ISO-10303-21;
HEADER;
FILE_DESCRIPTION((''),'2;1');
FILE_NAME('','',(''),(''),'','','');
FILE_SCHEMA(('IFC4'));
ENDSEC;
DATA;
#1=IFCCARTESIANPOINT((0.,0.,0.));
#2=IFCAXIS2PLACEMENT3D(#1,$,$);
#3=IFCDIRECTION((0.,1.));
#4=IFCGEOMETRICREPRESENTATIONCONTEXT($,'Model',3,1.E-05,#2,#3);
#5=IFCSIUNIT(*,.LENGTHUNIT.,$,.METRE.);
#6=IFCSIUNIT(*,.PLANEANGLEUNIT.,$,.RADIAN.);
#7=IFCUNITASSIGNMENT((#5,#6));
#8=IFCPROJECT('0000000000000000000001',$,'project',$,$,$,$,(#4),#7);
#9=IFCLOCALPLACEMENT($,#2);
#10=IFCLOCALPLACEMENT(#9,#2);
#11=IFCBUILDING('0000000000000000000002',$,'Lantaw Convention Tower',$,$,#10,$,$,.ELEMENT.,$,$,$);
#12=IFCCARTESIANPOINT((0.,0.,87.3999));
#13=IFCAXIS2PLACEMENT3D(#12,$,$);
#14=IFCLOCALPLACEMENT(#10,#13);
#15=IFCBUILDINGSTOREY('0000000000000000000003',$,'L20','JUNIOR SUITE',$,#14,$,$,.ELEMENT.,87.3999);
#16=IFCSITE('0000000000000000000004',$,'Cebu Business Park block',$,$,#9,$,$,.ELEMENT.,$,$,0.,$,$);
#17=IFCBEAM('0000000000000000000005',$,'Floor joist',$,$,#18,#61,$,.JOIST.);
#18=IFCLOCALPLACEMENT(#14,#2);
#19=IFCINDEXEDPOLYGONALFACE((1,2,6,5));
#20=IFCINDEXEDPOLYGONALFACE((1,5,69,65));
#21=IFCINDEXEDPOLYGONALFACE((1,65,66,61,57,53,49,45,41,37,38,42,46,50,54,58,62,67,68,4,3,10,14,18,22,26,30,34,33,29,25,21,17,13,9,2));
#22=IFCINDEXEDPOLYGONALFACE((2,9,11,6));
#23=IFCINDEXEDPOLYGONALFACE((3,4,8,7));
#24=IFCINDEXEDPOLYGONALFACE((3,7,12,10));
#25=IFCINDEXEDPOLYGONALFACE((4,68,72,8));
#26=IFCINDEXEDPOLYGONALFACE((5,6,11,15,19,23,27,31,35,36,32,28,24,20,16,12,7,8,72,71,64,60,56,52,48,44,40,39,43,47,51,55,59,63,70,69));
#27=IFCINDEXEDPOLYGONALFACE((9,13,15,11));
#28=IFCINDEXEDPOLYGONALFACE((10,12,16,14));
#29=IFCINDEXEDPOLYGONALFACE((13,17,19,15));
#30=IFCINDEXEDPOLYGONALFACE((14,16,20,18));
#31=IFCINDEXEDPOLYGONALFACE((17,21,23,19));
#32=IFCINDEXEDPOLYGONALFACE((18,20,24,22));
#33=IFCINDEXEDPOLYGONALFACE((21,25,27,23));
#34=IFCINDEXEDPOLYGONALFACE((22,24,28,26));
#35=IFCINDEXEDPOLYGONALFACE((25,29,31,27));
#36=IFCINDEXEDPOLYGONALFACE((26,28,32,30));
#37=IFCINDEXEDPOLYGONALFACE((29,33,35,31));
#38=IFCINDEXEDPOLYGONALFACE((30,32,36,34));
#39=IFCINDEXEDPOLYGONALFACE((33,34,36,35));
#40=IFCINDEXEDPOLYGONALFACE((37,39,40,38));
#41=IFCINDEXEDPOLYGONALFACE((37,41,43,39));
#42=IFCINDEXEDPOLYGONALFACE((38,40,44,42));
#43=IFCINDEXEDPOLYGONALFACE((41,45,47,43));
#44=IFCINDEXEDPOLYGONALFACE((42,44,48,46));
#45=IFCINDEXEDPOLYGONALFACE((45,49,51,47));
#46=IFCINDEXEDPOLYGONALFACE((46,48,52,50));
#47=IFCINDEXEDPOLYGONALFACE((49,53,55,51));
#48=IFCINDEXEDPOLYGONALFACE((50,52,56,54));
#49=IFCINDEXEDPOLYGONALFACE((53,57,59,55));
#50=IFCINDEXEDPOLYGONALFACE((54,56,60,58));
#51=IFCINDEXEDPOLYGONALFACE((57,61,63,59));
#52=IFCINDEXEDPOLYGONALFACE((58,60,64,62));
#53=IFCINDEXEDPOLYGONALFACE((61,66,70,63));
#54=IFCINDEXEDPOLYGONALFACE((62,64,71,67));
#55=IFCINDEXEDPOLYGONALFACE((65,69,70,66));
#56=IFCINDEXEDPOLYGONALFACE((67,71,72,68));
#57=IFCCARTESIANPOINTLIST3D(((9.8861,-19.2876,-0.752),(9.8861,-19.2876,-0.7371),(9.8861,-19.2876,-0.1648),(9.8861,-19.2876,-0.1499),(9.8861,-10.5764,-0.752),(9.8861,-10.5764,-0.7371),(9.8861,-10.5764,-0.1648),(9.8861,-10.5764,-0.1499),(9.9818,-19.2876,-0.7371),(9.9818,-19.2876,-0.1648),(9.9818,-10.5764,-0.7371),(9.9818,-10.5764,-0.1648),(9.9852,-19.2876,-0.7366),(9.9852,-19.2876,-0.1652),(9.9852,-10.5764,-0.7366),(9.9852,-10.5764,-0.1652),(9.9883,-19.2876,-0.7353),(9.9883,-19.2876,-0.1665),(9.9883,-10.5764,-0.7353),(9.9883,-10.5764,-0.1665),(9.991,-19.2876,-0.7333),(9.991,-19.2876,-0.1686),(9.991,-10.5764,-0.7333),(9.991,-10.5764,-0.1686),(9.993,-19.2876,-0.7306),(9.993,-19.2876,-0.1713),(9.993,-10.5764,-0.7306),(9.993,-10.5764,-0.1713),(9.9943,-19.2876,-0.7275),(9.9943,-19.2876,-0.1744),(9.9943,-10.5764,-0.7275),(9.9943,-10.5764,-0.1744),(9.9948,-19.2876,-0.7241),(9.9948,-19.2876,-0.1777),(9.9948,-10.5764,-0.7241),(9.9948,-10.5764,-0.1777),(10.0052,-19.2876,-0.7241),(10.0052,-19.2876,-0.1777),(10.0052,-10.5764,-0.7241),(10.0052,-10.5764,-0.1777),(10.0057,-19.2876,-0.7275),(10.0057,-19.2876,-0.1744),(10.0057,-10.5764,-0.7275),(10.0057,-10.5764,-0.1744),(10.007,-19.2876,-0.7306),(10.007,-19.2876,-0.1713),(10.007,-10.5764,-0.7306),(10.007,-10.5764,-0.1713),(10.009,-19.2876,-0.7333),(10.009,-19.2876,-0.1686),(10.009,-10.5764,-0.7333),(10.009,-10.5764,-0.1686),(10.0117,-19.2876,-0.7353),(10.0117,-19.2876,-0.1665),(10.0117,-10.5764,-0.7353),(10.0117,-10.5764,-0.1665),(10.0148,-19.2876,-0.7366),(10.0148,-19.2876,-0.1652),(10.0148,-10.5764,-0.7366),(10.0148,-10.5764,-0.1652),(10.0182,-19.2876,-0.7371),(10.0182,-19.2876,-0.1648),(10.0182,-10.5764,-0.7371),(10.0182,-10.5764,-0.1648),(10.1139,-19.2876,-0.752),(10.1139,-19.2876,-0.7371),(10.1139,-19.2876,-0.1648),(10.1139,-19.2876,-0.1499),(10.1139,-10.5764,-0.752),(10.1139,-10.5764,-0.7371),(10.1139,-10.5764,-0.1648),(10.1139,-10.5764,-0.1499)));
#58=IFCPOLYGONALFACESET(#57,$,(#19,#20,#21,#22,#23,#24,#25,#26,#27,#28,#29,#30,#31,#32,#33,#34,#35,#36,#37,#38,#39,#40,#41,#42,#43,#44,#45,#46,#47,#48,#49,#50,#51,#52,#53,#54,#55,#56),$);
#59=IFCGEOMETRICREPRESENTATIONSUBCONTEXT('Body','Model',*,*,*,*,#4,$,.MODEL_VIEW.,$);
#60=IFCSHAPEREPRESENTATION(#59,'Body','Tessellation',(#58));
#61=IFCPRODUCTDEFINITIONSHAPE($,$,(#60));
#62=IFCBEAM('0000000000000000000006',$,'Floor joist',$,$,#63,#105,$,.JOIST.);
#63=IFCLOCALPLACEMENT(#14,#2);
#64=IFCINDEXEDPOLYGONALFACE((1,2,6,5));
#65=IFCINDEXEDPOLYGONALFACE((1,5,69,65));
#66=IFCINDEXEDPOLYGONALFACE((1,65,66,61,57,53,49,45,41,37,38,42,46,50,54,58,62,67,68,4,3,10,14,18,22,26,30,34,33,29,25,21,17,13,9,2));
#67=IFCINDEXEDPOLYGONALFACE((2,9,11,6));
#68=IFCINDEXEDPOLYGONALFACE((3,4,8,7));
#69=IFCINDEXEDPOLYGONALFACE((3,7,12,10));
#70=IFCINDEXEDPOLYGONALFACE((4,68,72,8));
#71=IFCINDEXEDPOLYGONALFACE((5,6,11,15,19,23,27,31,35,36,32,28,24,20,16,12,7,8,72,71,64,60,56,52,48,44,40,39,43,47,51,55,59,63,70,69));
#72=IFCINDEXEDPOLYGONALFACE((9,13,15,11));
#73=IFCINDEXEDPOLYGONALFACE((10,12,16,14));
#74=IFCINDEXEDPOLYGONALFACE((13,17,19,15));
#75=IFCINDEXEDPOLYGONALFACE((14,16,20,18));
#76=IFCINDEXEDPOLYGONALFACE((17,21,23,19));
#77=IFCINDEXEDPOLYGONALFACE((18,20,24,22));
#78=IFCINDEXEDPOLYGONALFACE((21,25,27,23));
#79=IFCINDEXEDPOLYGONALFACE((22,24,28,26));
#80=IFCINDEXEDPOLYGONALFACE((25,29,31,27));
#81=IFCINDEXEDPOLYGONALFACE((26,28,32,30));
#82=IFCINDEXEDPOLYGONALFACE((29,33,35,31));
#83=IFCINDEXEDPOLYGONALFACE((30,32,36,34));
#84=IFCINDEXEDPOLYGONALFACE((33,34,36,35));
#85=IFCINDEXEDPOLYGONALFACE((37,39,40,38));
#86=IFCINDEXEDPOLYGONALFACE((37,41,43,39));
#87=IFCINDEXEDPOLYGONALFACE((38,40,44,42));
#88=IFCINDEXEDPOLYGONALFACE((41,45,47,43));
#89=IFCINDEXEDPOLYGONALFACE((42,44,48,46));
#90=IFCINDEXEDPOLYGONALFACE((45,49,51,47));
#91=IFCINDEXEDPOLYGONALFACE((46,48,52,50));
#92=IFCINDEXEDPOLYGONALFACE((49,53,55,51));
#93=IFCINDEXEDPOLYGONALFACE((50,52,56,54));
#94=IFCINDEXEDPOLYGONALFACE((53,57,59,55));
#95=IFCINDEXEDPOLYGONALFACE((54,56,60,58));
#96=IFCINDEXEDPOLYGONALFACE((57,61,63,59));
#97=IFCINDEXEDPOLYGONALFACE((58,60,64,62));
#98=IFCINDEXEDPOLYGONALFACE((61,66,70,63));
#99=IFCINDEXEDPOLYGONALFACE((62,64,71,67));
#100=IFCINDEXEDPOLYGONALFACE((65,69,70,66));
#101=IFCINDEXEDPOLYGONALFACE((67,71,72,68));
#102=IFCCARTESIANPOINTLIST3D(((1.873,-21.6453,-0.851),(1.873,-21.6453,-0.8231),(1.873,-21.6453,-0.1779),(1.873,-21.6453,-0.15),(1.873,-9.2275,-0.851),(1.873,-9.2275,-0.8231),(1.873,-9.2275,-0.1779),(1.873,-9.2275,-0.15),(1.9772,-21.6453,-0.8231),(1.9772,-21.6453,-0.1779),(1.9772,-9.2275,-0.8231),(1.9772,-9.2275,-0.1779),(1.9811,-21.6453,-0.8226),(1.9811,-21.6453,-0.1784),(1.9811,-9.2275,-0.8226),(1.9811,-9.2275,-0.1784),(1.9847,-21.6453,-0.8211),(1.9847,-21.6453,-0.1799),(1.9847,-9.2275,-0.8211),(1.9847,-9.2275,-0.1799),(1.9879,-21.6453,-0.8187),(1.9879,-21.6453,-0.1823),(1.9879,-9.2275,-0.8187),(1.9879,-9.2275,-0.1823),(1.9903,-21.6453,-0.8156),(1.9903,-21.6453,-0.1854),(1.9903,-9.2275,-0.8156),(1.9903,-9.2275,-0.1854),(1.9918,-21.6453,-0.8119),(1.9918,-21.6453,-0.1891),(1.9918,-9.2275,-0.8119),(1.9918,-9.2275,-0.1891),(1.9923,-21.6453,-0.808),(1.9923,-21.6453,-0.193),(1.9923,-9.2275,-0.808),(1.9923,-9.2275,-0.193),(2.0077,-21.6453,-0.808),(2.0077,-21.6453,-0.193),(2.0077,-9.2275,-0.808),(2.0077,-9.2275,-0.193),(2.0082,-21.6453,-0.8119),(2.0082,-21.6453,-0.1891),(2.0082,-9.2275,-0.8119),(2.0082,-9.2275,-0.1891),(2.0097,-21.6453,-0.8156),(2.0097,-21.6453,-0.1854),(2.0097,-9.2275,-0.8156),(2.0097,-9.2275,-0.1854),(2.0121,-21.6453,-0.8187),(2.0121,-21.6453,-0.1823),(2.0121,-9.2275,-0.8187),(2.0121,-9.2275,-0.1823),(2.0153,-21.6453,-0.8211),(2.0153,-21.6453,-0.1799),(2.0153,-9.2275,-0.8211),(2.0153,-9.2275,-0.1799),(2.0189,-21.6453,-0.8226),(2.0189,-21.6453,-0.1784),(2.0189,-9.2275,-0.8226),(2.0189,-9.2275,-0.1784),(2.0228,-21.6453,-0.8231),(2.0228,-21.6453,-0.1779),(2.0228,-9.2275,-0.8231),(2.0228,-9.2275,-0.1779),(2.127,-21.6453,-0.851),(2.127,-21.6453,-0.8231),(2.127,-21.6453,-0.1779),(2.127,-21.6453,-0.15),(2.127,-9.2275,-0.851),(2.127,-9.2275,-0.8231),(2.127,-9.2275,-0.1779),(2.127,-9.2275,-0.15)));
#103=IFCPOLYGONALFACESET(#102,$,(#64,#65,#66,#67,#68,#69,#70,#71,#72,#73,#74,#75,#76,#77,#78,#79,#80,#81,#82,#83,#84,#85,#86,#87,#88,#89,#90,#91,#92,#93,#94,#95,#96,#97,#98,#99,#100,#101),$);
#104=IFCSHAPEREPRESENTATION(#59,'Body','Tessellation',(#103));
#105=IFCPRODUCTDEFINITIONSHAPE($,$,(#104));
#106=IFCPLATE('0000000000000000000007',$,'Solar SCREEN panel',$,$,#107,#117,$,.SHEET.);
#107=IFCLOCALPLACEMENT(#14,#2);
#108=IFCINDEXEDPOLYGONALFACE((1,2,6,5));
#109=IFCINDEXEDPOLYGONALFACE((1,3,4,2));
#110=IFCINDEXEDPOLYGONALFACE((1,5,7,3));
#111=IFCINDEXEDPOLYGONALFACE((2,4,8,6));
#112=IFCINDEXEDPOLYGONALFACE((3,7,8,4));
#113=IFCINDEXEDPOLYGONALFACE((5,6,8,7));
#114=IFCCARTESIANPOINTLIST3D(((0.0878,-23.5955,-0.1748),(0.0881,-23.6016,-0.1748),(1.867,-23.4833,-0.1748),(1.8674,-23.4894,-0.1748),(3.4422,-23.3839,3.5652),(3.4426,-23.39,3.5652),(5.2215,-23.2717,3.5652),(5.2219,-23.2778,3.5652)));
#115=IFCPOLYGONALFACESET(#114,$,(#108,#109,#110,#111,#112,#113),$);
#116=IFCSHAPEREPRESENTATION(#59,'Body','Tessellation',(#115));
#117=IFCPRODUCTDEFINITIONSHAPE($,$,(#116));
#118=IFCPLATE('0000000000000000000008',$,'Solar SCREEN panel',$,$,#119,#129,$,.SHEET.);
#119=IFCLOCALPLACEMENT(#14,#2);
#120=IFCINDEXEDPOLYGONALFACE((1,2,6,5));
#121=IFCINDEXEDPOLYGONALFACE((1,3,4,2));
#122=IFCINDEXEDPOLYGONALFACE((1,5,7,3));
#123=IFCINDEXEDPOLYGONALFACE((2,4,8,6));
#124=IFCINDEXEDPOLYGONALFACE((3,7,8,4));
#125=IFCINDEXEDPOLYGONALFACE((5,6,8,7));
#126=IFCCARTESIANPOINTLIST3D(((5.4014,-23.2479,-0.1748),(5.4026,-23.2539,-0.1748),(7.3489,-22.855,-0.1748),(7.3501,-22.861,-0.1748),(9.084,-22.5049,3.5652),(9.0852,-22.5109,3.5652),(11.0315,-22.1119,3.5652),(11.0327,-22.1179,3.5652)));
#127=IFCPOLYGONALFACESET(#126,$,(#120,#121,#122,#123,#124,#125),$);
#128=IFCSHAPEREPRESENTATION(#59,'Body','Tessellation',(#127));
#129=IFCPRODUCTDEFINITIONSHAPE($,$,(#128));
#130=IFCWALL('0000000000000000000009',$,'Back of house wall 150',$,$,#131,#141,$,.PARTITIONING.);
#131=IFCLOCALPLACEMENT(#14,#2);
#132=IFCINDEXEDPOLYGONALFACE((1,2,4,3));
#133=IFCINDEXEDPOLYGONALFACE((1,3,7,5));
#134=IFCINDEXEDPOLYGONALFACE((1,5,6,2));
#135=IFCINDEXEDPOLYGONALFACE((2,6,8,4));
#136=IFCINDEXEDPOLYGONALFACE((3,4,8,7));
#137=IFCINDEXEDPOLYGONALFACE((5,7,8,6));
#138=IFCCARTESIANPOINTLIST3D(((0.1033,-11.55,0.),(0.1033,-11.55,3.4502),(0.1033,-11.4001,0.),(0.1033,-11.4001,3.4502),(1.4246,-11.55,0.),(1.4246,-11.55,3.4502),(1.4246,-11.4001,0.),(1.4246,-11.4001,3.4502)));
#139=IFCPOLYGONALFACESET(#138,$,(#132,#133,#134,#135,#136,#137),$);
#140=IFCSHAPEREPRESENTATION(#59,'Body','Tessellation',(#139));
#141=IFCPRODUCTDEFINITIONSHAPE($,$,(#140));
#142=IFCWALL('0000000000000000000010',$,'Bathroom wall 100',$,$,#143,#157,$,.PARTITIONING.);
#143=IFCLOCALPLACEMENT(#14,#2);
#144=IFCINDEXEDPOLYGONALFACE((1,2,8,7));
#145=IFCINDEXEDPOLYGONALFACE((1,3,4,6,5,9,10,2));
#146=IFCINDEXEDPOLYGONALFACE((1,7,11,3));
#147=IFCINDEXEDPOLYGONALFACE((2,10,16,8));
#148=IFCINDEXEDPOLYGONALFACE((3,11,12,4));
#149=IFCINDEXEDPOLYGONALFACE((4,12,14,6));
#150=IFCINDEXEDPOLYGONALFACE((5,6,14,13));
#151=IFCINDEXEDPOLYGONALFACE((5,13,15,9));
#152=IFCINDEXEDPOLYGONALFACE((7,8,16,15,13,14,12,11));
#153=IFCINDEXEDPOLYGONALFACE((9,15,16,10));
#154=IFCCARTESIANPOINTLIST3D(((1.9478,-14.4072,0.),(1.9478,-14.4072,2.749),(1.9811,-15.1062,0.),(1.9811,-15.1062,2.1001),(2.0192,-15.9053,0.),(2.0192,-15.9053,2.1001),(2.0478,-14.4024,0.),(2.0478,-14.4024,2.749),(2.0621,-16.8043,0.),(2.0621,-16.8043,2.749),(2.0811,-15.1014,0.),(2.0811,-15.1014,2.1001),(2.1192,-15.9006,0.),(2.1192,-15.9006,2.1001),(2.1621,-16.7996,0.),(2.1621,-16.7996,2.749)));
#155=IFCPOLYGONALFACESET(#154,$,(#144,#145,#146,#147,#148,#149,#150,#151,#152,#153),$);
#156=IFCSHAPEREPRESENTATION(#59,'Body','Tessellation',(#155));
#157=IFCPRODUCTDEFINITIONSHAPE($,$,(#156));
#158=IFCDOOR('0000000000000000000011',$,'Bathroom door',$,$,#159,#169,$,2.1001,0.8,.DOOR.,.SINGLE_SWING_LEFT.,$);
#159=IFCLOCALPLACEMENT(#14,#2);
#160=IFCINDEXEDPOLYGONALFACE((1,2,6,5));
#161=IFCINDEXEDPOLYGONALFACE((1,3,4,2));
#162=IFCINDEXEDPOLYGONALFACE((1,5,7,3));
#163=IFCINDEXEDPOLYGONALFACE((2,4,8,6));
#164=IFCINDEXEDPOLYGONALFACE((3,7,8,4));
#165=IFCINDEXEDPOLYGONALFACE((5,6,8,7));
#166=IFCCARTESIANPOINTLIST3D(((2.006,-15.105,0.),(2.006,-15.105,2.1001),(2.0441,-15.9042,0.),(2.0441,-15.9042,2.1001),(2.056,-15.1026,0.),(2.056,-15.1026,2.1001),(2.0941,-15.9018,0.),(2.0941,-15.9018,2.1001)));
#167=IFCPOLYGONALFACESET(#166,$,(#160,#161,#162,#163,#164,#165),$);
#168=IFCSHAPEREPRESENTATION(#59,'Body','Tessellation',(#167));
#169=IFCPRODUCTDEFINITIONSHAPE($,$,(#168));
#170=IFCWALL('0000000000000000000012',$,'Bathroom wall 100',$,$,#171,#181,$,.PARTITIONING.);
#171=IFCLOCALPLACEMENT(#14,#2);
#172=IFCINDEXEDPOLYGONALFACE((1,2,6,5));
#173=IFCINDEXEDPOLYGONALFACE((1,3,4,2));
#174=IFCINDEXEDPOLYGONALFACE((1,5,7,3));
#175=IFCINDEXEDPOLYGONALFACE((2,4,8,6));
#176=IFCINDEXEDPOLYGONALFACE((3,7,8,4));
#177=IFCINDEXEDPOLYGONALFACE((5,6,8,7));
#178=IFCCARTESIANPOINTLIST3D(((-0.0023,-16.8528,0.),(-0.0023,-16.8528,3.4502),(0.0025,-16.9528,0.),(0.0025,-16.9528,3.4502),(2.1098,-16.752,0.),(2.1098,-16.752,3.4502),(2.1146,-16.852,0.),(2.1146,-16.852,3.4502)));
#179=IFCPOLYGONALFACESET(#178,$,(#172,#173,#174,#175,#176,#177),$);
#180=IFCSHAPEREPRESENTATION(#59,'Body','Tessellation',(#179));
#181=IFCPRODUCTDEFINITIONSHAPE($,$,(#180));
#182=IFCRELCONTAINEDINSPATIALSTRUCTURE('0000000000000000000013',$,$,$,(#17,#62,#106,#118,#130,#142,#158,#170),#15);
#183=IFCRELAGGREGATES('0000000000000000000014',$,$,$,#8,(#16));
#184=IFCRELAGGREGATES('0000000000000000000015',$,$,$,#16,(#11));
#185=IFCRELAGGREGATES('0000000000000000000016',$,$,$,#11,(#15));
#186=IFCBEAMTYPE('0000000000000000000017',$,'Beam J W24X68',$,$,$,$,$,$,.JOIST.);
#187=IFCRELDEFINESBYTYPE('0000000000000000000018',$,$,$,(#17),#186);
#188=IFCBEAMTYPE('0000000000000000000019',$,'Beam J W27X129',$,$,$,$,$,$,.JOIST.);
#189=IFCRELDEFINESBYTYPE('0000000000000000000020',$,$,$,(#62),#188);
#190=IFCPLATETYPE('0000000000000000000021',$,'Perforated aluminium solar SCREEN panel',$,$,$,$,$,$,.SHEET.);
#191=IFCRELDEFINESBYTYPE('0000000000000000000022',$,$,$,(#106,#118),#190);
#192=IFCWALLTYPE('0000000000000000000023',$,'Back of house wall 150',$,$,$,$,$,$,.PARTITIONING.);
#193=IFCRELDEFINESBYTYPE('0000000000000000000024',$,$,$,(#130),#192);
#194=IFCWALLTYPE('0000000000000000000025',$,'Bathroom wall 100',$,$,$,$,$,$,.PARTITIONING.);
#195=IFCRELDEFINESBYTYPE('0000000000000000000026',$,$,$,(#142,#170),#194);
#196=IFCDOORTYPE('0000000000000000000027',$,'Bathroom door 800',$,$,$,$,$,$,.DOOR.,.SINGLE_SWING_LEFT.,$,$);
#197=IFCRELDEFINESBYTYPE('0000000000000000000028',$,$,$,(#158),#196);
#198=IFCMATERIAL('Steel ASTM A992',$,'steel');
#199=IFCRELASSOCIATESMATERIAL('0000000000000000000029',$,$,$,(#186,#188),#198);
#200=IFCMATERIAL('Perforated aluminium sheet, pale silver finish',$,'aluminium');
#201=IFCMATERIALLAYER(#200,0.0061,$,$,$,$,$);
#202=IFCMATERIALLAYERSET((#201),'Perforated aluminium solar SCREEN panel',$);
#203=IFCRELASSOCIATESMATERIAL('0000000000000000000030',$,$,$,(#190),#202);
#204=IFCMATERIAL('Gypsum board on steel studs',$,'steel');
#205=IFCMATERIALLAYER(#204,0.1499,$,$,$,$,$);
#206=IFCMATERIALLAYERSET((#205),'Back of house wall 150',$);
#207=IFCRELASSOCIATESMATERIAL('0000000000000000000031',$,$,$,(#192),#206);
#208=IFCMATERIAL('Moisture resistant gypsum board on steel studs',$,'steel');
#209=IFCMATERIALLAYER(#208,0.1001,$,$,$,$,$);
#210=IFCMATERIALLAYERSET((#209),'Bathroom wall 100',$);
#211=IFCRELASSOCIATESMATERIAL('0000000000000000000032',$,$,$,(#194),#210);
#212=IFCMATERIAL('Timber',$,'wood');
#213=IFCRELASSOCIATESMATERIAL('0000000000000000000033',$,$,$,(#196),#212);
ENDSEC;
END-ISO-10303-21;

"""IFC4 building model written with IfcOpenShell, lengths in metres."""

from ifc_helpers import new_model, si_unit, direction, frame, frame_2d, origin, origin_2d, place, context, subcontext, project, spatial, polyline, rectangle, i_section, outline, extrude, material, layer, layer_set, material_profile, profile_set, type_object, element, fill, save


model = new_model("IFC4")

# Units and contexts
model_context = context("Model", 3, precision=1e-05, world=origin(), true_north=direction((0.0, 1.0)))
body_context = subcontext(model_context, "Body", "Model", "MODEL_VIEW")
ifc_project = project(units=[si_unit("LENGTHUNIT", "METRE"), si_unit("PLANEANGLEUNIT", "RADIAN")], contexts=[model_context])

# Site, building, storey
site_placement = place(None, origin())
site = spatial("IfcSite", under=ifc_project, at=site_placement, Name="Cebu Business Park block", CompositionType="ELEMENT", RefElevation=0.0)
building_placement = place(site_placement, origin())
building = spatial("IfcBuilding", under=site, at=building_placement, Name="Lantaw Convention Tower", CompositionType="ELEMENT")
storey_placement = place(building_placement, frame((0.0, 0.0, 87.3999)))
storey = spatial("IfcBuildingStorey", under=building, at=storey_placement, Name="L20", Description="JUNIOR SUITE", CompositionType="ELEMENT", Elevation=87.3999)

# Beams
ifc_material_1 = material(Name="Steel ASTM A992", Category="steel")
ifc_material_profile_1 = material_profile(ifc_material_1, i_section(OverallWidth=0.2278, OverallDepth=0.6021, WebThickness=0.0105, FlangeThickness=0.0149, FilletRadius=0.0129, at=origin_2d()), Name="W24X68")
ifc_profile_set_1 = profile_set([ifc_material_profile_1], Name="Steel ASTM A992")
beam_type_1 = type_object("IfcBeamType", Name="Beam J W24X68", PredefinedType="JOIST", material=ifc_profile_set_1)
beam_1_placement = place(storey_placement, frame((10.0, -19.2876, -0.4509), z_axis=(0.0, 1.0, 0.0), x_axis=(-1.0, 0.0, 0.0)))
element("IfcBeam", 1, at=beam_1_placement, inside=storey, type_object=beam_type_1, Name="Floor joist", PredefinedType="JOIST", context=body_context, shape_type="SweptSolid", body=[
    extrude(i_section(OverallWidth=0.2278, OverallDepth=0.6021, WebThickness=0.0105, FlangeThickness=0.0149, FilletRadius=0.0129, at=origin_2d()), origin(), (0.0, 0.0, 1.0), 8.7112),
])
ifc_material_profile_2 = material_profile(ifc_material_1, i_section(OverallWidth=0.2539, OverallDepth=0.7009, WebThickness=0.0154, FlangeThickness=0.0278, FilletRadius=0.0151, at=origin_2d()), Name="W27X129")
ifc_profile_set_2 = profile_set([ifc_material_profile_2], Name="Steel ASTM A992")
beam_type_2 = type_object("IfcBeamType", Name="Beam J W27X129", PredefinedType="JOIST", material=ifc_profile_set_2)
beam_2_placement = place(storey_placement, frame((2.0, -21.6453, -0.5005), z_axis=(0.0, 1.0, 0.0), x_axis=(-1.0, 0.0, 0.0)))
element("IfcBeam", 2, at=beam_2_placement, inside=storey, type_object=beam_type_2, Name="Floor joist", PredefinedType="JOIST", context=body_context, shape_type="SweptSolid", body=[
    extrude(i_section(OverallWidth=0.2539, OverallDepth=0.7009, WebThickness=0.0154, FlangeThickness=0.0278, FilletRadius=0.0151, at=origin_2d()), origin(), (0.0, 0.0, 1.0), 12.4177),
])

# Plates
ifc_material_2 = material(Name="Perforated aluminium sheet, pale silver finish", Category="aluminium")
ifc_layer_1 = layer(ifc_material_2, 0.0061)
ifc_layer_set_1 = layer_set([ifc_layer_1], Name="Perforated aluminium solar SCREEN panel")
plate_type = type_object("IfcPlateType", Name="Perforated aluminium solar SCREEN panel", PredefinedType="SHEET", material=ifc_layer_set_1)
plate_1_placement = place(storey_placement, frame((0.0881, -23.6016, -0.1748), z_axis=(0.062924, -0.998018, 0.000014), x_axis=(0.998018, 0.062924, 0.0)))
element("IfcPlate", 3, at=plate_1_placement, inside=storey, type_object=plate_type, Name="Solar SCREEN panel", PredefinedType="SHEET", context=body_context, shape_type="SweptSolid", body=[
    extrude(outline(polyline([(0.0, 0.0), (1.7828, 0.0), (5.144, 3.74), (3.3611, 3.74), (0.0, 0.0)])), origin(), (0.0, 0.0, -1.0), 0.0061),
])
plate_2_placement = place(storey_placement, frame((5.4026, -23.2539, -0.1748), z_axis=(0.197782, -0.980246, 0.000002), x_axis=(0.980246, 0.197782, 0.0)))
element("IfcPlate", 4, at=plate_2_placement, inside=storey, type_object=plate_type, Name="Solar SCREEN panel", PredefinedType="SHEET", context=body_context, shape_type="SweptSolid", body=[
    extrude(outline(polyline([(0.0, 0.0), (1.9867, 0.0), (5.7436, 3.74), (3.7568, 3.74), (0.0, 0.0)])), origin(), (0.0, 0.0, -1.0), 0.0061),
])

# Wall
ifc_material_3 = material(Name="Gypsum board on steel studs", Category="steel")
ifc_layer_2 = layer(ifc_material_3, 0.1499)
ifc_layer_set_2 = layer_set([ifc_layer_2], Name="Back of house wall 150")
wall_type_1 = type_object("IfcWallType", Name="Back of house wall 150", PredefinedType="PARTITIONING", material=ifc_layer_set_2)
wall_1_placement = place(storey_placement, frame((0.1033, -11.4751, 0.0), z_axis=(0.0, 0.0, 1.0), x_axis=(1.0, 0.0, 0.0)))
element("IfcWall", 5, at=wall_1_placement, inside=storey, type_object=wall_type_1, Name="Back of house wall 150", PredefinedType="PARTITIONING", context=body_context, shape_type="SweptSolid", body=[
    extrude(rectangle(XDim=1.3213, YDim=0.1499, at=frame_2d((0.6606, 0.0))), origin(), (0.0, 0.0, 1.0), 3.4502),
])

# Wall, opening, door
ifc_material_4 = material(Name="Moisture resistant gypsum board on steel studs", Category="steel")
ifc_layer_3 = layer(ifc_material_4, 0.1001)
ifc_layer_set_3 = layer_set([ifc_layer_3], Name="Bathroom wall 100")
wall_type_2 = type_object("IfcWallType", Name="Bathroom wall 100", PredefinedType="PARTITIONING", material=ifc_layer_set_3)
wall_2_placement = place(storey_placement, frame((1.9978, -14.4048, 0.0), z_axis=(0.0, 0.0, 1.0), x_axis=(0.047609, -0.998866, 0.0)))
wall_2 = element("IfcWall", 6, at=wall_2_placement, inside=storey, type_object=wall_type_2, Name="Bathroom wall 100", PredefinedType="PARTITIONING", context=body_context, shape_type="SweptSolid", body=[
    extrude(rectangle(XDim=2.3999, YDim=0.1001, at=frame_2d((1.2, 0.0))), origin(), (0.0, 0.0, 1.0), 2.749),
])
opening_1_placement = place(wall_2_placement, frame((0.7, 0.0, 0.0)))
opening_1 = element("IfcOpeningElement", 7, at=opening_1_placement, cuts=wall_2, PredefinedType="OPENING", context=body_context, shape_type="SweptSolid", body=[
    extrude(rectangle(XDim=0.8, YDim=2.1001, at=frame_2d((0.3999, 1.05))), frame((0.0, 0.0601, 0.0), z_axis=(0.0, -1.0, 0.0), x_axis=(1.0, 0.0, 0.0)), (0.0, 0.0, 1.0), 0.1201),
])
ifc_material_5 = material(Name="Timber", Category="wood")
door_type_1 = type_object("IfcDoorType", Name="Bathroom door 800", OperationType="SINGLE_SWING_LEFT", PredefinedType="DOOR", material=ifc_material_5)
door_1_placement = place(opening_1_placement, origin())
door_1 = element("IfcDoor", 8, at=door_1_placement, inside=storey, type_object=door_type_1, Name="Bathroom door", OperationType="SINGLE_SWING_LEFT", OverallHeight=2.1001, OverallWidth=0.8, PredefinedType="DOOR", context=body_context, shape_type="SweptSolid", body=[
    extrude(rectangle(XDim=0.8, YDim=2.1001, at=frame_2d((0.3999, 1.05))), frame((0.0, 0.0249, 0.0), z_axis=(0.0, -1.0, 0.0), x_axis=(1.0, 0.0, 0.0)), (0.0, 0.0, 1.0), 0.05),
])
fill(opening_1, door_1)

# Wall
wall_3_placement = place(storey_placement, frame((2.1121, -16.802, 0.0), z_axis=(0.0, 0.0, 1.0), x_axis=(-0.998862, -0.047686, 0.0)))
element("IfcWall", 9, at=wall_3_placement, inside=storey, type_object=wall_type_2, Name="Bathroom wall 100", PredefinedType="PARTITIONING", context=body_context, shape_type="SweptSolid", body=[
    extrude(rectangle(XDim=2.1145, YDim=0.1001, at=frame_2d((1.0571, 0.0))), origin(), (0.0, 0.0, 1.0), 3.4502),
])

save(model, "model.ifc")
